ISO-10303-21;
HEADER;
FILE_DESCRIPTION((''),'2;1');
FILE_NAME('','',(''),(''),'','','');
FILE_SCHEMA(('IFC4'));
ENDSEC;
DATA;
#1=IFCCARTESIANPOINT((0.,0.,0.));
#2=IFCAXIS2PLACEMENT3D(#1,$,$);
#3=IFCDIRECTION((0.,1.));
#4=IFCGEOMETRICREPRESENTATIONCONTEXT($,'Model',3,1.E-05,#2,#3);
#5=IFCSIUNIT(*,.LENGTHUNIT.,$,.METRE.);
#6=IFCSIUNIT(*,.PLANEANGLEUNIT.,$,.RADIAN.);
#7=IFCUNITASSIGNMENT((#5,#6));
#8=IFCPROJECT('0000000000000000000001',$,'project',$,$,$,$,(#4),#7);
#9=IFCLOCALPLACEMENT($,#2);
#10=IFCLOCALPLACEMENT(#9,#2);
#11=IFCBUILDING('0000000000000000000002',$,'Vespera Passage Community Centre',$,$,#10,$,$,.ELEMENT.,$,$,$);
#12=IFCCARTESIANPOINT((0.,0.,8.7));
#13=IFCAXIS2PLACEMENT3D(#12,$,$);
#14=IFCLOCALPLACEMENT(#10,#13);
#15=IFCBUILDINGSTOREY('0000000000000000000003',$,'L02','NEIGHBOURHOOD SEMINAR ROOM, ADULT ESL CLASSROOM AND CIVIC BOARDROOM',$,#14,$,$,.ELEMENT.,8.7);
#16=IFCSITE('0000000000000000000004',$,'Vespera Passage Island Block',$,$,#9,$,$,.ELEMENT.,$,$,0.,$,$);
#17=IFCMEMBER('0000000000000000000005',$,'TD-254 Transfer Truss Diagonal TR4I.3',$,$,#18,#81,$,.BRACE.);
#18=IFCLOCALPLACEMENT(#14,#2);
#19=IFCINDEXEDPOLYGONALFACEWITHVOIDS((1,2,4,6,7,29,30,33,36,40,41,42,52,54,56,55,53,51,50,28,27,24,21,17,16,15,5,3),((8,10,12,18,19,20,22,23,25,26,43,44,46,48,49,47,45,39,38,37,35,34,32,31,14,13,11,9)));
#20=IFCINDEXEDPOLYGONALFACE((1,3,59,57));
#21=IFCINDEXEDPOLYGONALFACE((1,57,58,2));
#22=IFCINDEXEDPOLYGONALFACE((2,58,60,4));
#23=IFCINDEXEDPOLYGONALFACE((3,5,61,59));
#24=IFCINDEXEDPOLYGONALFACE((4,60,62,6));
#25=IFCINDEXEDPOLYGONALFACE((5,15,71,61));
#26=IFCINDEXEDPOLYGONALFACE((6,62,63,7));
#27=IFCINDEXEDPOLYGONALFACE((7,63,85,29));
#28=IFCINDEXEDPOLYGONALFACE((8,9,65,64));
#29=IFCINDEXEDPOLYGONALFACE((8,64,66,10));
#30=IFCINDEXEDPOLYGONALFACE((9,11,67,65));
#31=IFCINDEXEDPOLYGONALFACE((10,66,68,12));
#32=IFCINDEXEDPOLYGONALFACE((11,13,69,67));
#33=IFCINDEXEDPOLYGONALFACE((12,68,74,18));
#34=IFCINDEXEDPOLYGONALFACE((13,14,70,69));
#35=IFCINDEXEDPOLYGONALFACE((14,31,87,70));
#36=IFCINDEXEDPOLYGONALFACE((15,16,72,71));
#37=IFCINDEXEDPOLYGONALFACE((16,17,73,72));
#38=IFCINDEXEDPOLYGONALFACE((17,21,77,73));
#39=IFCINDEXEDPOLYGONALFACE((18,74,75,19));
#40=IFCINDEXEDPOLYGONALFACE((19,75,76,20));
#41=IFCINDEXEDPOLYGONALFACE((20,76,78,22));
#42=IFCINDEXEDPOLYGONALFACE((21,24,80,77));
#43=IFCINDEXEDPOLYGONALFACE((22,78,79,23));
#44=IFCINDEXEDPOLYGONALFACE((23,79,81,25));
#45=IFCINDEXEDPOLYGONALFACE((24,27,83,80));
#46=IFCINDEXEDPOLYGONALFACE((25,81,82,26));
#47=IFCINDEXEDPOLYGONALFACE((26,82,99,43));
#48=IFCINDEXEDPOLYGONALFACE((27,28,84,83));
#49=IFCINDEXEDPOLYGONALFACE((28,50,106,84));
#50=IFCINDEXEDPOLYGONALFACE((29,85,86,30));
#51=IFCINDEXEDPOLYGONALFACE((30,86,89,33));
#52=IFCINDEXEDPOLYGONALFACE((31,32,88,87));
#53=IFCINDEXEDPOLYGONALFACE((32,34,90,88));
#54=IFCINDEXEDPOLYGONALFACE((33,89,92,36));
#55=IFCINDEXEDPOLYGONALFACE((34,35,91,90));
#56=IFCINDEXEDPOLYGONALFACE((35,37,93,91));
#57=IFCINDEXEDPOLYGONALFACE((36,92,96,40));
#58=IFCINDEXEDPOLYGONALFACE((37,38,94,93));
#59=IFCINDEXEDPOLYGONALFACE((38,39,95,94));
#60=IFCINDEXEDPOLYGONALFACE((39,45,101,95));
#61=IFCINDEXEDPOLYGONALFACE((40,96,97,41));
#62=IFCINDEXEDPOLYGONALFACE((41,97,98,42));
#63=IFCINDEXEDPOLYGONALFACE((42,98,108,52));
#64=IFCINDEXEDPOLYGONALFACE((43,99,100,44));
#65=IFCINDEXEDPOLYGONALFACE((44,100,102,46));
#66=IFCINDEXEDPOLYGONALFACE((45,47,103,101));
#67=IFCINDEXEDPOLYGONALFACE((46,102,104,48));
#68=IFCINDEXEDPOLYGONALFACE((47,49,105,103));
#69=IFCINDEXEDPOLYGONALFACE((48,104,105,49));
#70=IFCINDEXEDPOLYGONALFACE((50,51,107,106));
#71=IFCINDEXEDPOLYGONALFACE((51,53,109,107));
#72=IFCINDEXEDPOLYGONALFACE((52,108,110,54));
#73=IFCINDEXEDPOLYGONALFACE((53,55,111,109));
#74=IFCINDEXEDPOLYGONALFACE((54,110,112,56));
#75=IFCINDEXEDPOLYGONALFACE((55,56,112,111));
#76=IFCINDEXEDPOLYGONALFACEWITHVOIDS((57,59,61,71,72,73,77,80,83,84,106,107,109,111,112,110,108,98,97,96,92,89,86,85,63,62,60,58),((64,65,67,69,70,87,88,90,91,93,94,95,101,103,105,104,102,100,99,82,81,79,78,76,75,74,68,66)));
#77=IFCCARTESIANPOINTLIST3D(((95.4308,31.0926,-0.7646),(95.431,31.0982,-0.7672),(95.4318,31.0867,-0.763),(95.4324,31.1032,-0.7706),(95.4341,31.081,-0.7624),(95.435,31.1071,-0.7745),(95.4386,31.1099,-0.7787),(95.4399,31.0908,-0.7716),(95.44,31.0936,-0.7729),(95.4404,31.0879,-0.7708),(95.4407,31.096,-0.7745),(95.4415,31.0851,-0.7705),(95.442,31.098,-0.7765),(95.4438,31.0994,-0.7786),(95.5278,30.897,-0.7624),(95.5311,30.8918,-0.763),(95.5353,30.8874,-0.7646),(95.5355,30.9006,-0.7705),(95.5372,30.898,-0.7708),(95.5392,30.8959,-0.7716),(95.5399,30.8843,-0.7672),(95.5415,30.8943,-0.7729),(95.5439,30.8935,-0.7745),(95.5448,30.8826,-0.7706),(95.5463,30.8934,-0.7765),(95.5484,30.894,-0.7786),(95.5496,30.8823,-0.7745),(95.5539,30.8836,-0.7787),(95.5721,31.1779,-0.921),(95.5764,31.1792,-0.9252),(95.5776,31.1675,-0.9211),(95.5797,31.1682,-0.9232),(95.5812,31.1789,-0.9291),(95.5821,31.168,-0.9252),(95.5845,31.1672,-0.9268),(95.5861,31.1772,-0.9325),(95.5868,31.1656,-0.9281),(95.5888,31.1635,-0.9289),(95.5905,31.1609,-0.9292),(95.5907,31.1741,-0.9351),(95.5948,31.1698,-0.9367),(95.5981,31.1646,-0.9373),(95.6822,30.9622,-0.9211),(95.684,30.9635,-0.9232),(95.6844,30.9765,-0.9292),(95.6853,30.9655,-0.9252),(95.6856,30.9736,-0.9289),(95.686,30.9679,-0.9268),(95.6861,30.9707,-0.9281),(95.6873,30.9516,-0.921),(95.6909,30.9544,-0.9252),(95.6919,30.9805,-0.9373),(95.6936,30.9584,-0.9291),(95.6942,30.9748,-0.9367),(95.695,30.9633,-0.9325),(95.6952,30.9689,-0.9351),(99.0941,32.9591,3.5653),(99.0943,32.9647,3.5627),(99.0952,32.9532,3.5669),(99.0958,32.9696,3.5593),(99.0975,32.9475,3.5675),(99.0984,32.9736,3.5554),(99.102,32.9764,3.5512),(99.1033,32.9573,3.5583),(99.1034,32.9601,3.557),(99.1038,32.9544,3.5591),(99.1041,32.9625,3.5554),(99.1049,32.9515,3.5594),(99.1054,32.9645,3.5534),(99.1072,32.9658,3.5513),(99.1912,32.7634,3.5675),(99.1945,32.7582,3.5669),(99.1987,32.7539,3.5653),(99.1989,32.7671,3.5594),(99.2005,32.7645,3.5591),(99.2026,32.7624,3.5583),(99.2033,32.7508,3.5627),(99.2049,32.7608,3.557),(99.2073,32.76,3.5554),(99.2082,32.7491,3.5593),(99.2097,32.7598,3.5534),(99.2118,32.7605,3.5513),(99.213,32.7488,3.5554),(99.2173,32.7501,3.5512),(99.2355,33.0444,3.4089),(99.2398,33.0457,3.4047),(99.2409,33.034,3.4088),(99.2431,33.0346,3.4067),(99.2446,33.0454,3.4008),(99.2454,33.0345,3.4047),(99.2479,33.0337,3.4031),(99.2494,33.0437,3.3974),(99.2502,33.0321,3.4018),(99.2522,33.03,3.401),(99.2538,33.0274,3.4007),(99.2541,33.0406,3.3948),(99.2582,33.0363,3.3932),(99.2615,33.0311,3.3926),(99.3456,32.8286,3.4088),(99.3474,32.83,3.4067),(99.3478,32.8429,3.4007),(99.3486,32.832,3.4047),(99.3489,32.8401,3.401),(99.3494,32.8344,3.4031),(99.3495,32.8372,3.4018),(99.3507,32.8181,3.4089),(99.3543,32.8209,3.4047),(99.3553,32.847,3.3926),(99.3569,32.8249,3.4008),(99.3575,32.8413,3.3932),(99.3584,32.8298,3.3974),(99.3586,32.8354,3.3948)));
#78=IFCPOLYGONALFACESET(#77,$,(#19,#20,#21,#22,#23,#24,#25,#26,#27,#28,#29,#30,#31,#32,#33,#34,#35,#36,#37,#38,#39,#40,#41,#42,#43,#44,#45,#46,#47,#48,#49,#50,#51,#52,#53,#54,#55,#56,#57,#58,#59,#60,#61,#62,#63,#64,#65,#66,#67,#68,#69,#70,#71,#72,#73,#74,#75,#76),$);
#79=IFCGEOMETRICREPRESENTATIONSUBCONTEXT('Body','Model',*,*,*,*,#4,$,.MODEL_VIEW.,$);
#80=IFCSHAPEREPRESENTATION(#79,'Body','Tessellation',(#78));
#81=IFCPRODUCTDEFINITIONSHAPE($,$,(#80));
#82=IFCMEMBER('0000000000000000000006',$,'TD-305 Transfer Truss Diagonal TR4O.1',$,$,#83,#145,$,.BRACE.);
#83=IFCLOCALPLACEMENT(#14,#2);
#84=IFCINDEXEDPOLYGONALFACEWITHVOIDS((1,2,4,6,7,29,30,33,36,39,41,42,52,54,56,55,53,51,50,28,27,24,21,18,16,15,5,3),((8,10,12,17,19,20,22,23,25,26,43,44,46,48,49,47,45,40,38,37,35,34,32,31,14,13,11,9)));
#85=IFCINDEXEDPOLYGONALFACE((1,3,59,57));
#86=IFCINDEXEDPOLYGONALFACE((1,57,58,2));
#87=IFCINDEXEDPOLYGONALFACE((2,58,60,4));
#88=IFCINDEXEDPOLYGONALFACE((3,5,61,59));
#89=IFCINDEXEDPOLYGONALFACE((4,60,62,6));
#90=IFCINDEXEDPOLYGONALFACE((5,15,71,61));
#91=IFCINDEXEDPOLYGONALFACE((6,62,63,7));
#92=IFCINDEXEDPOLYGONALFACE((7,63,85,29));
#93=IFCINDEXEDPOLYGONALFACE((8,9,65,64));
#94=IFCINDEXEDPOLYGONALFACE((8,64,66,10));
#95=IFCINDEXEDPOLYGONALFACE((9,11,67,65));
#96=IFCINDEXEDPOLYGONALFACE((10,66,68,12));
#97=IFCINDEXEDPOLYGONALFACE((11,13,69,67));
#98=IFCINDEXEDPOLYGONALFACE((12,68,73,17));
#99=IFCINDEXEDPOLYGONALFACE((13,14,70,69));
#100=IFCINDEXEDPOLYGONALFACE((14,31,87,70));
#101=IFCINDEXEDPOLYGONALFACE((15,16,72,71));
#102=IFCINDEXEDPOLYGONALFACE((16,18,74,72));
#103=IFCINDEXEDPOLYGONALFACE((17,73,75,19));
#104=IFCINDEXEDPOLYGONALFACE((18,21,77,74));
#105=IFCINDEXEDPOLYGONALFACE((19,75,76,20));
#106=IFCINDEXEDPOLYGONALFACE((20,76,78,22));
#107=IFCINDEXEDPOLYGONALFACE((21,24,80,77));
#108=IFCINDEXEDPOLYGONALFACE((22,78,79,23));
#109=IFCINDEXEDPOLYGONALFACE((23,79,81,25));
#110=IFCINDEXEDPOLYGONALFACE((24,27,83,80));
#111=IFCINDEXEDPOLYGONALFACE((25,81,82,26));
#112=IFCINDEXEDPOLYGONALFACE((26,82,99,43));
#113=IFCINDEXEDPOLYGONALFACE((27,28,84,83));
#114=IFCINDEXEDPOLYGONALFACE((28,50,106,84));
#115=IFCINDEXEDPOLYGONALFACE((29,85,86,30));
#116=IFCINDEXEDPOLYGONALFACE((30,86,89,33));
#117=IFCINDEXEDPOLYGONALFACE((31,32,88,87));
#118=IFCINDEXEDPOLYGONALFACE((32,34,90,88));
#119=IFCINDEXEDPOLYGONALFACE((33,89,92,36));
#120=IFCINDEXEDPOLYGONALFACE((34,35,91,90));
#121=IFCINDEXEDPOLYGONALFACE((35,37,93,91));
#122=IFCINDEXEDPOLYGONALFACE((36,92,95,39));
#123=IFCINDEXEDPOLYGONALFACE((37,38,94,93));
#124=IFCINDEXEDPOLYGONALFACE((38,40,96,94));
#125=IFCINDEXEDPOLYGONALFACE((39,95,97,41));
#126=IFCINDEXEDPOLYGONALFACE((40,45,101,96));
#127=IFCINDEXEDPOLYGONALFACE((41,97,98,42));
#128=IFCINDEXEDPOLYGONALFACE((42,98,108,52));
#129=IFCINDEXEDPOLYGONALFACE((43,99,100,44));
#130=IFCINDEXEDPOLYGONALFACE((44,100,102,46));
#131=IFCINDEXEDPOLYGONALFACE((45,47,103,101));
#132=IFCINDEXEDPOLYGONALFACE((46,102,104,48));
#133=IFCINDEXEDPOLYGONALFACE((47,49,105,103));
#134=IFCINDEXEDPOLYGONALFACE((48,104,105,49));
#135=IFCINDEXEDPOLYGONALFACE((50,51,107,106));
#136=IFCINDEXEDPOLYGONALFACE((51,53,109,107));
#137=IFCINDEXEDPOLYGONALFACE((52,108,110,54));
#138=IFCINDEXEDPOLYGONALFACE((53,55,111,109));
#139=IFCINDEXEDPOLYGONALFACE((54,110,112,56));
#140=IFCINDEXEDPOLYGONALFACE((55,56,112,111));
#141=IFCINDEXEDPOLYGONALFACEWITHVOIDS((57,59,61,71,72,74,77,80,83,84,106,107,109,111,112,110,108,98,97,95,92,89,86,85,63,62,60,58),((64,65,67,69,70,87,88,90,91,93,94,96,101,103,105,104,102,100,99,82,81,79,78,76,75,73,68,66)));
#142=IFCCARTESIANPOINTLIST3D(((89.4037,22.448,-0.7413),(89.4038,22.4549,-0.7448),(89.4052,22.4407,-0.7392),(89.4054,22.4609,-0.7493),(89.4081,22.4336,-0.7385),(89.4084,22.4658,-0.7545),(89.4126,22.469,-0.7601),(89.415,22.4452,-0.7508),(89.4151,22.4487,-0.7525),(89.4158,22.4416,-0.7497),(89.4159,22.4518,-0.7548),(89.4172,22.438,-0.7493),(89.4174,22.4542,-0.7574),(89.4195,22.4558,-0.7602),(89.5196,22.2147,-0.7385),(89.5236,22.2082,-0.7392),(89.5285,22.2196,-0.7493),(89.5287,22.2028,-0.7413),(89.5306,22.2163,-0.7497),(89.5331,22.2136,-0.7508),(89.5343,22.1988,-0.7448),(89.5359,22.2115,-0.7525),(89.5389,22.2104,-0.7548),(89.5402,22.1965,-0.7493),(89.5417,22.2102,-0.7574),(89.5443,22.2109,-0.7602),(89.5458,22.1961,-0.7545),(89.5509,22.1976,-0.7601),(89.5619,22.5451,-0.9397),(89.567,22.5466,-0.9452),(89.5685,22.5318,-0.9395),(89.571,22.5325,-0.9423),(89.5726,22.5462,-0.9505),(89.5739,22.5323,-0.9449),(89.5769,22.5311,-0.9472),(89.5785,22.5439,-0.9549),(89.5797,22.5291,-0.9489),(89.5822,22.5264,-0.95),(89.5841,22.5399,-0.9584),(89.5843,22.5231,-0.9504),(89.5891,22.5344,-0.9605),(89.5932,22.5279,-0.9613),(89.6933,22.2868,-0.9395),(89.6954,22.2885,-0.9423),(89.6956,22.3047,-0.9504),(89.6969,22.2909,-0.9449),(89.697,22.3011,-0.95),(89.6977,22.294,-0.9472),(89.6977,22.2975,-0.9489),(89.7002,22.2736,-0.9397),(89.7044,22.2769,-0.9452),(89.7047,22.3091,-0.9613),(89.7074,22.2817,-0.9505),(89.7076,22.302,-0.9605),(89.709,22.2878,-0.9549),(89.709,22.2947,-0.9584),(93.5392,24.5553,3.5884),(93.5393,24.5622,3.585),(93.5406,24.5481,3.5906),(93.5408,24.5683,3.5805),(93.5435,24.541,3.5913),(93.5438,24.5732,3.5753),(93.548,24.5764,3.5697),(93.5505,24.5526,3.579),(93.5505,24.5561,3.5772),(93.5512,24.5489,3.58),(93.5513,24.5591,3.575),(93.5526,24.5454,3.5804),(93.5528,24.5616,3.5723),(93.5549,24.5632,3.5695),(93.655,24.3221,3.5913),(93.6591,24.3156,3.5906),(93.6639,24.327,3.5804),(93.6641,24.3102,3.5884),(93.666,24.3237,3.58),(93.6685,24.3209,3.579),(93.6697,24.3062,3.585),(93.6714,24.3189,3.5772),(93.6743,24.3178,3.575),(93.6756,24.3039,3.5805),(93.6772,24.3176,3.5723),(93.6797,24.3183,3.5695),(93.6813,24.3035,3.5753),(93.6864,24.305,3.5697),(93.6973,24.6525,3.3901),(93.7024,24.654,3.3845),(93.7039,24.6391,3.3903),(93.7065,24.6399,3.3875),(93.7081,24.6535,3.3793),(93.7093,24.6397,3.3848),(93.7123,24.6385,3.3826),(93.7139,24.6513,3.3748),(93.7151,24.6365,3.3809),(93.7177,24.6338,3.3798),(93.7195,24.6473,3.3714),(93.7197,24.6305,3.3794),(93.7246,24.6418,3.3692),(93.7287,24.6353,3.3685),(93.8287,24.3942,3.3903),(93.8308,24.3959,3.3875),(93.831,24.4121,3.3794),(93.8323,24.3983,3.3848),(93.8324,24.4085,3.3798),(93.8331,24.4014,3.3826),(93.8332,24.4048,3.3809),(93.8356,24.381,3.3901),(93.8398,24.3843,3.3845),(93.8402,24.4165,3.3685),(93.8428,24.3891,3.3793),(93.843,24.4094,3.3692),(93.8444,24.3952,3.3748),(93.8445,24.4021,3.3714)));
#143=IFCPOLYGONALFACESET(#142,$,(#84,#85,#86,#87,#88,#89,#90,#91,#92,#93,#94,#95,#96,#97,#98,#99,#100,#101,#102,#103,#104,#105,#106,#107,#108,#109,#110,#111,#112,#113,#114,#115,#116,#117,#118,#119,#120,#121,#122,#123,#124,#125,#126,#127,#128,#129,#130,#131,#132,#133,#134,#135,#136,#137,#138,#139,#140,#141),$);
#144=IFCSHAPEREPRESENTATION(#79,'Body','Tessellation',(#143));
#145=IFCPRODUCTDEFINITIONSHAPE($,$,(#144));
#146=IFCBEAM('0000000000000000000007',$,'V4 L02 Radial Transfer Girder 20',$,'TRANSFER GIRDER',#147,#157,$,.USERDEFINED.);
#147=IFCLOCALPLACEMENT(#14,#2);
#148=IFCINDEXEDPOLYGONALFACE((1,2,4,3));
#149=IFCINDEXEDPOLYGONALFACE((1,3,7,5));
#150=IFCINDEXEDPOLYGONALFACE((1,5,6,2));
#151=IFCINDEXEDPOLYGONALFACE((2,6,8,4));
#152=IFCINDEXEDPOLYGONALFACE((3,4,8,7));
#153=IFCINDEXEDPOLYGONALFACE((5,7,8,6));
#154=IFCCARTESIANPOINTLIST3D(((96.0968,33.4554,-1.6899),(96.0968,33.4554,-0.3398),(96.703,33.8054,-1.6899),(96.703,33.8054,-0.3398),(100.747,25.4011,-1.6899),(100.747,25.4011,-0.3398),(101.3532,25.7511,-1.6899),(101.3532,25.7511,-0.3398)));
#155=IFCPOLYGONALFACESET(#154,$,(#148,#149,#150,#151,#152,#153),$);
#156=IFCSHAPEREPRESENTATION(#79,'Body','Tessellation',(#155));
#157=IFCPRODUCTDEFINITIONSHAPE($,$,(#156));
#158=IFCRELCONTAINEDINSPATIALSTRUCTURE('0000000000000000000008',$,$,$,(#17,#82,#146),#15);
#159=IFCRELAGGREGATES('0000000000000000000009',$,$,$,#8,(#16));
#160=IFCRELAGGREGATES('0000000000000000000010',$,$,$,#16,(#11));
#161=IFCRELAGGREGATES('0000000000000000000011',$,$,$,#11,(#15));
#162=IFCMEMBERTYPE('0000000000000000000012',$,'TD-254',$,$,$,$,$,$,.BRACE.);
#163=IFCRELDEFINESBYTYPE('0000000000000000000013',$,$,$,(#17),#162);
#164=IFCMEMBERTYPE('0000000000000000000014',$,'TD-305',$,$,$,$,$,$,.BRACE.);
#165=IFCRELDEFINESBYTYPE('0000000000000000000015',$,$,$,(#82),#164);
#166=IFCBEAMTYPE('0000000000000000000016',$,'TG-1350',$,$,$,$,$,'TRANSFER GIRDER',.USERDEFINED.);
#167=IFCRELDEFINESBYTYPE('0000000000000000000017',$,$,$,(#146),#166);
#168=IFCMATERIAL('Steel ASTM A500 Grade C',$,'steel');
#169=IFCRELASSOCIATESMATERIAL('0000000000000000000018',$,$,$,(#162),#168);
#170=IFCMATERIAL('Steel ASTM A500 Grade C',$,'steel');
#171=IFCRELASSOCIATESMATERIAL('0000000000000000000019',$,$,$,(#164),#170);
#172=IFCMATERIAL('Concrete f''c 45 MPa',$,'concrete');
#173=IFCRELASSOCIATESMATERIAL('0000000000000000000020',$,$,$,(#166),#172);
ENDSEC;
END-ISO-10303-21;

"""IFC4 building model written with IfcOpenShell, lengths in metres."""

from ifc_helpers import new_model, si_unit, direction, frame, origin, origin_2d, place, context, subcontext, project, spatial, rectangle, hollow_rectangle, extrude, material, material_profile, profile_set, type_object, element, save


model = new_model("IFC4")

# Units and contexts
model_context = context("Model", 3, precision=1e-05, world=origin(), true_north=direction((0.0, 1.0)))
body_context = subcontext(model_context, "Body", "Model", "MODEL_VIEW")
ifc_project = project(units=[si_unit("LENGTHUNIT", "METRE"), si_unit("PLANEANGLEUNIT", "RADIAN")], contexts=[model_context])

# Site, building, storey
site_placement = place(None, origin())
site = spatial("IfcSite", under=ifc_project, at=site_placement, Name="Vespera Passage Island Block", CompositionType="ELEMENT", RefElevation=0.0)
building_placement = place(site_placement, origin())
building = spatial("IfcBuilding", under=site, at=building_placement, Name="Vespera Passage Community Centre", CompositionType="ELEMENT")
storey_placement = place(building_placement, frame((0.0, 0.0, 8.7)))
storey = spatial("IfcBuildingStorey", under=building, at=storey_placement, Name="L02", Description="NEIGHBOURHOOD SEMINAR ROOM, ADULT ESL CLASSROOM AND CIVIC BOARDROOM", CompositionType="ELEMENT", Elevation=8.7)

# Members
ifc_material_1 = material(Name="Steel ASTM A500 Grade C", Category="steel")
ifc_material_profile_1 = material_profile(ifc_material_1, hollow_rectangle(XDim=0.2539, YDim=0.2539, WallThickness=0.0117, InnerFilletRadius=0.0117, OuterFilletRadius=0.0237, at=origin_2d()), Name="HSS254X254X12.7")
ifc_profile_set_1 = profile_set([ifc_material_profile_1], Name="Steel ASTM A500 Grade C")
member_type_1 = type_object("IfcMemberType", Name="TD-254", PredefinedType="BRACE", material=ifc_profile_set_1)
for number, where, z_axis, x_axis, name in (
    (1, (95.563, 31.0308, -0.8499), (0.613535, 0.312594, 0.725162), (-0.45397, 0.891017, 0.0), "TD-254 Transfer Truss Diagonal TR4I.3"),
):
    element("IfcMember", number, at=place(storey_placement, frame(where, z_axis=z_axis, x_axis=x_axis)), inside=storey, type_object=member_type_1, Name=name, PredefinedType="BRACE", context=body_context, shape_type="SweptSolid", body=[
        extrude(hollow_rectangle(XDim=0.2539, YDim=0.2539, WallThickness=0.0117, InnerFilletRadius=0.0117, OuterFilletRadius=0.0237, at=origin_2d()), origin(), (0.0, 0.0, 1.0), 5.9709),
    ])
ifc_material_2 = material(Name="Steel ASTM A500 Grade C", Category="steel")
ifc_material_profile_2 = material_profile(ifc_material_2, hollow_rectangle(XDim=0.3047, YDim=0.3047, WallThickness=0.0149, InnerFilletRadius=0.0149, OuterFilletRadius=0.0295, at=origin_2d()), Name="HSS305X305X15.9")
ifc_profile_set_2 = profile_set([ifc_material_profile_2], Name="Steel ASTM A500 Grade C")
member_type_2 = type_object("IfcMemberType", Name="TD-305", PredefinedType="BRACE", material=ifc_profile_set_2)
member_1_placement = place(storey_placement, frame((89.5564, 22.3713, -0.8499), z_axis=(0.651514, 0.332007, 0.68213), x_axis=(-0.454038, 0.890982, 0.0)))
element("IfcMember", 2, at=member_1_placement, inside=storey, type_object=member_type_2, Name="TD-305 Transfer Truss Diagonal TR4O.1", PredefinedType="BRACE", context=body_context, shape_type="SweptSolid", body=[
    extrude(hollow_rectangle(XDim=0.3047, YDim=0.3047, WallThickness=0.0149, InnerFilletRadius=0.0149, OuterFilletRadius=0.0295, at=origin_2d()), origin(), (0.0, 0.0, 1.0), 6.3474),
])

# Beam
ifc_material_3 = material(Name="Concrete f'c 45 MPa", Category="concrete")
ifc_material_profile_3 = material_profile(ifc_material_3, rectangle(XDim=0.7, YDim=1.3501, at=origin_2d()), Name="RC700X1350")
ifc_profile_set_3 = profile_set([ifc_material_profile_3], Name="Concrete f'c 45 MPa")
beam_type_1 = type_object("IfcBeamType", Name="TG-1350", ElementType="TRANSFER GIRDER", PredefinedType="USERDEFINED", material=ifc_profile_set_3)
beam_1_placement = place(storey_placement, frame((96.3999, 33.6304, -1.0149), z_axis=(0.500004, -0.866023, 0.0), x_axis=(0.866023, 0.500004, 0.0)))
element("IfcBeam", 3, at=beam_1_placement, inside=storey, type_object=beam_type_1, Name="V4 L02 Radial Transfer Girder 20", ObjectType="TRANSFER GIRDER", PredefinedType="USERDEFINED", context=body_context, shape_type="SweptSolid", body=[
    extrude(rectangle(XDim=0.7, YDim=1.3501, at=origin_2d()), origin(), (0.0, 0.0, 1.0), 9.3003),
])

save(model, "model.ifc")
